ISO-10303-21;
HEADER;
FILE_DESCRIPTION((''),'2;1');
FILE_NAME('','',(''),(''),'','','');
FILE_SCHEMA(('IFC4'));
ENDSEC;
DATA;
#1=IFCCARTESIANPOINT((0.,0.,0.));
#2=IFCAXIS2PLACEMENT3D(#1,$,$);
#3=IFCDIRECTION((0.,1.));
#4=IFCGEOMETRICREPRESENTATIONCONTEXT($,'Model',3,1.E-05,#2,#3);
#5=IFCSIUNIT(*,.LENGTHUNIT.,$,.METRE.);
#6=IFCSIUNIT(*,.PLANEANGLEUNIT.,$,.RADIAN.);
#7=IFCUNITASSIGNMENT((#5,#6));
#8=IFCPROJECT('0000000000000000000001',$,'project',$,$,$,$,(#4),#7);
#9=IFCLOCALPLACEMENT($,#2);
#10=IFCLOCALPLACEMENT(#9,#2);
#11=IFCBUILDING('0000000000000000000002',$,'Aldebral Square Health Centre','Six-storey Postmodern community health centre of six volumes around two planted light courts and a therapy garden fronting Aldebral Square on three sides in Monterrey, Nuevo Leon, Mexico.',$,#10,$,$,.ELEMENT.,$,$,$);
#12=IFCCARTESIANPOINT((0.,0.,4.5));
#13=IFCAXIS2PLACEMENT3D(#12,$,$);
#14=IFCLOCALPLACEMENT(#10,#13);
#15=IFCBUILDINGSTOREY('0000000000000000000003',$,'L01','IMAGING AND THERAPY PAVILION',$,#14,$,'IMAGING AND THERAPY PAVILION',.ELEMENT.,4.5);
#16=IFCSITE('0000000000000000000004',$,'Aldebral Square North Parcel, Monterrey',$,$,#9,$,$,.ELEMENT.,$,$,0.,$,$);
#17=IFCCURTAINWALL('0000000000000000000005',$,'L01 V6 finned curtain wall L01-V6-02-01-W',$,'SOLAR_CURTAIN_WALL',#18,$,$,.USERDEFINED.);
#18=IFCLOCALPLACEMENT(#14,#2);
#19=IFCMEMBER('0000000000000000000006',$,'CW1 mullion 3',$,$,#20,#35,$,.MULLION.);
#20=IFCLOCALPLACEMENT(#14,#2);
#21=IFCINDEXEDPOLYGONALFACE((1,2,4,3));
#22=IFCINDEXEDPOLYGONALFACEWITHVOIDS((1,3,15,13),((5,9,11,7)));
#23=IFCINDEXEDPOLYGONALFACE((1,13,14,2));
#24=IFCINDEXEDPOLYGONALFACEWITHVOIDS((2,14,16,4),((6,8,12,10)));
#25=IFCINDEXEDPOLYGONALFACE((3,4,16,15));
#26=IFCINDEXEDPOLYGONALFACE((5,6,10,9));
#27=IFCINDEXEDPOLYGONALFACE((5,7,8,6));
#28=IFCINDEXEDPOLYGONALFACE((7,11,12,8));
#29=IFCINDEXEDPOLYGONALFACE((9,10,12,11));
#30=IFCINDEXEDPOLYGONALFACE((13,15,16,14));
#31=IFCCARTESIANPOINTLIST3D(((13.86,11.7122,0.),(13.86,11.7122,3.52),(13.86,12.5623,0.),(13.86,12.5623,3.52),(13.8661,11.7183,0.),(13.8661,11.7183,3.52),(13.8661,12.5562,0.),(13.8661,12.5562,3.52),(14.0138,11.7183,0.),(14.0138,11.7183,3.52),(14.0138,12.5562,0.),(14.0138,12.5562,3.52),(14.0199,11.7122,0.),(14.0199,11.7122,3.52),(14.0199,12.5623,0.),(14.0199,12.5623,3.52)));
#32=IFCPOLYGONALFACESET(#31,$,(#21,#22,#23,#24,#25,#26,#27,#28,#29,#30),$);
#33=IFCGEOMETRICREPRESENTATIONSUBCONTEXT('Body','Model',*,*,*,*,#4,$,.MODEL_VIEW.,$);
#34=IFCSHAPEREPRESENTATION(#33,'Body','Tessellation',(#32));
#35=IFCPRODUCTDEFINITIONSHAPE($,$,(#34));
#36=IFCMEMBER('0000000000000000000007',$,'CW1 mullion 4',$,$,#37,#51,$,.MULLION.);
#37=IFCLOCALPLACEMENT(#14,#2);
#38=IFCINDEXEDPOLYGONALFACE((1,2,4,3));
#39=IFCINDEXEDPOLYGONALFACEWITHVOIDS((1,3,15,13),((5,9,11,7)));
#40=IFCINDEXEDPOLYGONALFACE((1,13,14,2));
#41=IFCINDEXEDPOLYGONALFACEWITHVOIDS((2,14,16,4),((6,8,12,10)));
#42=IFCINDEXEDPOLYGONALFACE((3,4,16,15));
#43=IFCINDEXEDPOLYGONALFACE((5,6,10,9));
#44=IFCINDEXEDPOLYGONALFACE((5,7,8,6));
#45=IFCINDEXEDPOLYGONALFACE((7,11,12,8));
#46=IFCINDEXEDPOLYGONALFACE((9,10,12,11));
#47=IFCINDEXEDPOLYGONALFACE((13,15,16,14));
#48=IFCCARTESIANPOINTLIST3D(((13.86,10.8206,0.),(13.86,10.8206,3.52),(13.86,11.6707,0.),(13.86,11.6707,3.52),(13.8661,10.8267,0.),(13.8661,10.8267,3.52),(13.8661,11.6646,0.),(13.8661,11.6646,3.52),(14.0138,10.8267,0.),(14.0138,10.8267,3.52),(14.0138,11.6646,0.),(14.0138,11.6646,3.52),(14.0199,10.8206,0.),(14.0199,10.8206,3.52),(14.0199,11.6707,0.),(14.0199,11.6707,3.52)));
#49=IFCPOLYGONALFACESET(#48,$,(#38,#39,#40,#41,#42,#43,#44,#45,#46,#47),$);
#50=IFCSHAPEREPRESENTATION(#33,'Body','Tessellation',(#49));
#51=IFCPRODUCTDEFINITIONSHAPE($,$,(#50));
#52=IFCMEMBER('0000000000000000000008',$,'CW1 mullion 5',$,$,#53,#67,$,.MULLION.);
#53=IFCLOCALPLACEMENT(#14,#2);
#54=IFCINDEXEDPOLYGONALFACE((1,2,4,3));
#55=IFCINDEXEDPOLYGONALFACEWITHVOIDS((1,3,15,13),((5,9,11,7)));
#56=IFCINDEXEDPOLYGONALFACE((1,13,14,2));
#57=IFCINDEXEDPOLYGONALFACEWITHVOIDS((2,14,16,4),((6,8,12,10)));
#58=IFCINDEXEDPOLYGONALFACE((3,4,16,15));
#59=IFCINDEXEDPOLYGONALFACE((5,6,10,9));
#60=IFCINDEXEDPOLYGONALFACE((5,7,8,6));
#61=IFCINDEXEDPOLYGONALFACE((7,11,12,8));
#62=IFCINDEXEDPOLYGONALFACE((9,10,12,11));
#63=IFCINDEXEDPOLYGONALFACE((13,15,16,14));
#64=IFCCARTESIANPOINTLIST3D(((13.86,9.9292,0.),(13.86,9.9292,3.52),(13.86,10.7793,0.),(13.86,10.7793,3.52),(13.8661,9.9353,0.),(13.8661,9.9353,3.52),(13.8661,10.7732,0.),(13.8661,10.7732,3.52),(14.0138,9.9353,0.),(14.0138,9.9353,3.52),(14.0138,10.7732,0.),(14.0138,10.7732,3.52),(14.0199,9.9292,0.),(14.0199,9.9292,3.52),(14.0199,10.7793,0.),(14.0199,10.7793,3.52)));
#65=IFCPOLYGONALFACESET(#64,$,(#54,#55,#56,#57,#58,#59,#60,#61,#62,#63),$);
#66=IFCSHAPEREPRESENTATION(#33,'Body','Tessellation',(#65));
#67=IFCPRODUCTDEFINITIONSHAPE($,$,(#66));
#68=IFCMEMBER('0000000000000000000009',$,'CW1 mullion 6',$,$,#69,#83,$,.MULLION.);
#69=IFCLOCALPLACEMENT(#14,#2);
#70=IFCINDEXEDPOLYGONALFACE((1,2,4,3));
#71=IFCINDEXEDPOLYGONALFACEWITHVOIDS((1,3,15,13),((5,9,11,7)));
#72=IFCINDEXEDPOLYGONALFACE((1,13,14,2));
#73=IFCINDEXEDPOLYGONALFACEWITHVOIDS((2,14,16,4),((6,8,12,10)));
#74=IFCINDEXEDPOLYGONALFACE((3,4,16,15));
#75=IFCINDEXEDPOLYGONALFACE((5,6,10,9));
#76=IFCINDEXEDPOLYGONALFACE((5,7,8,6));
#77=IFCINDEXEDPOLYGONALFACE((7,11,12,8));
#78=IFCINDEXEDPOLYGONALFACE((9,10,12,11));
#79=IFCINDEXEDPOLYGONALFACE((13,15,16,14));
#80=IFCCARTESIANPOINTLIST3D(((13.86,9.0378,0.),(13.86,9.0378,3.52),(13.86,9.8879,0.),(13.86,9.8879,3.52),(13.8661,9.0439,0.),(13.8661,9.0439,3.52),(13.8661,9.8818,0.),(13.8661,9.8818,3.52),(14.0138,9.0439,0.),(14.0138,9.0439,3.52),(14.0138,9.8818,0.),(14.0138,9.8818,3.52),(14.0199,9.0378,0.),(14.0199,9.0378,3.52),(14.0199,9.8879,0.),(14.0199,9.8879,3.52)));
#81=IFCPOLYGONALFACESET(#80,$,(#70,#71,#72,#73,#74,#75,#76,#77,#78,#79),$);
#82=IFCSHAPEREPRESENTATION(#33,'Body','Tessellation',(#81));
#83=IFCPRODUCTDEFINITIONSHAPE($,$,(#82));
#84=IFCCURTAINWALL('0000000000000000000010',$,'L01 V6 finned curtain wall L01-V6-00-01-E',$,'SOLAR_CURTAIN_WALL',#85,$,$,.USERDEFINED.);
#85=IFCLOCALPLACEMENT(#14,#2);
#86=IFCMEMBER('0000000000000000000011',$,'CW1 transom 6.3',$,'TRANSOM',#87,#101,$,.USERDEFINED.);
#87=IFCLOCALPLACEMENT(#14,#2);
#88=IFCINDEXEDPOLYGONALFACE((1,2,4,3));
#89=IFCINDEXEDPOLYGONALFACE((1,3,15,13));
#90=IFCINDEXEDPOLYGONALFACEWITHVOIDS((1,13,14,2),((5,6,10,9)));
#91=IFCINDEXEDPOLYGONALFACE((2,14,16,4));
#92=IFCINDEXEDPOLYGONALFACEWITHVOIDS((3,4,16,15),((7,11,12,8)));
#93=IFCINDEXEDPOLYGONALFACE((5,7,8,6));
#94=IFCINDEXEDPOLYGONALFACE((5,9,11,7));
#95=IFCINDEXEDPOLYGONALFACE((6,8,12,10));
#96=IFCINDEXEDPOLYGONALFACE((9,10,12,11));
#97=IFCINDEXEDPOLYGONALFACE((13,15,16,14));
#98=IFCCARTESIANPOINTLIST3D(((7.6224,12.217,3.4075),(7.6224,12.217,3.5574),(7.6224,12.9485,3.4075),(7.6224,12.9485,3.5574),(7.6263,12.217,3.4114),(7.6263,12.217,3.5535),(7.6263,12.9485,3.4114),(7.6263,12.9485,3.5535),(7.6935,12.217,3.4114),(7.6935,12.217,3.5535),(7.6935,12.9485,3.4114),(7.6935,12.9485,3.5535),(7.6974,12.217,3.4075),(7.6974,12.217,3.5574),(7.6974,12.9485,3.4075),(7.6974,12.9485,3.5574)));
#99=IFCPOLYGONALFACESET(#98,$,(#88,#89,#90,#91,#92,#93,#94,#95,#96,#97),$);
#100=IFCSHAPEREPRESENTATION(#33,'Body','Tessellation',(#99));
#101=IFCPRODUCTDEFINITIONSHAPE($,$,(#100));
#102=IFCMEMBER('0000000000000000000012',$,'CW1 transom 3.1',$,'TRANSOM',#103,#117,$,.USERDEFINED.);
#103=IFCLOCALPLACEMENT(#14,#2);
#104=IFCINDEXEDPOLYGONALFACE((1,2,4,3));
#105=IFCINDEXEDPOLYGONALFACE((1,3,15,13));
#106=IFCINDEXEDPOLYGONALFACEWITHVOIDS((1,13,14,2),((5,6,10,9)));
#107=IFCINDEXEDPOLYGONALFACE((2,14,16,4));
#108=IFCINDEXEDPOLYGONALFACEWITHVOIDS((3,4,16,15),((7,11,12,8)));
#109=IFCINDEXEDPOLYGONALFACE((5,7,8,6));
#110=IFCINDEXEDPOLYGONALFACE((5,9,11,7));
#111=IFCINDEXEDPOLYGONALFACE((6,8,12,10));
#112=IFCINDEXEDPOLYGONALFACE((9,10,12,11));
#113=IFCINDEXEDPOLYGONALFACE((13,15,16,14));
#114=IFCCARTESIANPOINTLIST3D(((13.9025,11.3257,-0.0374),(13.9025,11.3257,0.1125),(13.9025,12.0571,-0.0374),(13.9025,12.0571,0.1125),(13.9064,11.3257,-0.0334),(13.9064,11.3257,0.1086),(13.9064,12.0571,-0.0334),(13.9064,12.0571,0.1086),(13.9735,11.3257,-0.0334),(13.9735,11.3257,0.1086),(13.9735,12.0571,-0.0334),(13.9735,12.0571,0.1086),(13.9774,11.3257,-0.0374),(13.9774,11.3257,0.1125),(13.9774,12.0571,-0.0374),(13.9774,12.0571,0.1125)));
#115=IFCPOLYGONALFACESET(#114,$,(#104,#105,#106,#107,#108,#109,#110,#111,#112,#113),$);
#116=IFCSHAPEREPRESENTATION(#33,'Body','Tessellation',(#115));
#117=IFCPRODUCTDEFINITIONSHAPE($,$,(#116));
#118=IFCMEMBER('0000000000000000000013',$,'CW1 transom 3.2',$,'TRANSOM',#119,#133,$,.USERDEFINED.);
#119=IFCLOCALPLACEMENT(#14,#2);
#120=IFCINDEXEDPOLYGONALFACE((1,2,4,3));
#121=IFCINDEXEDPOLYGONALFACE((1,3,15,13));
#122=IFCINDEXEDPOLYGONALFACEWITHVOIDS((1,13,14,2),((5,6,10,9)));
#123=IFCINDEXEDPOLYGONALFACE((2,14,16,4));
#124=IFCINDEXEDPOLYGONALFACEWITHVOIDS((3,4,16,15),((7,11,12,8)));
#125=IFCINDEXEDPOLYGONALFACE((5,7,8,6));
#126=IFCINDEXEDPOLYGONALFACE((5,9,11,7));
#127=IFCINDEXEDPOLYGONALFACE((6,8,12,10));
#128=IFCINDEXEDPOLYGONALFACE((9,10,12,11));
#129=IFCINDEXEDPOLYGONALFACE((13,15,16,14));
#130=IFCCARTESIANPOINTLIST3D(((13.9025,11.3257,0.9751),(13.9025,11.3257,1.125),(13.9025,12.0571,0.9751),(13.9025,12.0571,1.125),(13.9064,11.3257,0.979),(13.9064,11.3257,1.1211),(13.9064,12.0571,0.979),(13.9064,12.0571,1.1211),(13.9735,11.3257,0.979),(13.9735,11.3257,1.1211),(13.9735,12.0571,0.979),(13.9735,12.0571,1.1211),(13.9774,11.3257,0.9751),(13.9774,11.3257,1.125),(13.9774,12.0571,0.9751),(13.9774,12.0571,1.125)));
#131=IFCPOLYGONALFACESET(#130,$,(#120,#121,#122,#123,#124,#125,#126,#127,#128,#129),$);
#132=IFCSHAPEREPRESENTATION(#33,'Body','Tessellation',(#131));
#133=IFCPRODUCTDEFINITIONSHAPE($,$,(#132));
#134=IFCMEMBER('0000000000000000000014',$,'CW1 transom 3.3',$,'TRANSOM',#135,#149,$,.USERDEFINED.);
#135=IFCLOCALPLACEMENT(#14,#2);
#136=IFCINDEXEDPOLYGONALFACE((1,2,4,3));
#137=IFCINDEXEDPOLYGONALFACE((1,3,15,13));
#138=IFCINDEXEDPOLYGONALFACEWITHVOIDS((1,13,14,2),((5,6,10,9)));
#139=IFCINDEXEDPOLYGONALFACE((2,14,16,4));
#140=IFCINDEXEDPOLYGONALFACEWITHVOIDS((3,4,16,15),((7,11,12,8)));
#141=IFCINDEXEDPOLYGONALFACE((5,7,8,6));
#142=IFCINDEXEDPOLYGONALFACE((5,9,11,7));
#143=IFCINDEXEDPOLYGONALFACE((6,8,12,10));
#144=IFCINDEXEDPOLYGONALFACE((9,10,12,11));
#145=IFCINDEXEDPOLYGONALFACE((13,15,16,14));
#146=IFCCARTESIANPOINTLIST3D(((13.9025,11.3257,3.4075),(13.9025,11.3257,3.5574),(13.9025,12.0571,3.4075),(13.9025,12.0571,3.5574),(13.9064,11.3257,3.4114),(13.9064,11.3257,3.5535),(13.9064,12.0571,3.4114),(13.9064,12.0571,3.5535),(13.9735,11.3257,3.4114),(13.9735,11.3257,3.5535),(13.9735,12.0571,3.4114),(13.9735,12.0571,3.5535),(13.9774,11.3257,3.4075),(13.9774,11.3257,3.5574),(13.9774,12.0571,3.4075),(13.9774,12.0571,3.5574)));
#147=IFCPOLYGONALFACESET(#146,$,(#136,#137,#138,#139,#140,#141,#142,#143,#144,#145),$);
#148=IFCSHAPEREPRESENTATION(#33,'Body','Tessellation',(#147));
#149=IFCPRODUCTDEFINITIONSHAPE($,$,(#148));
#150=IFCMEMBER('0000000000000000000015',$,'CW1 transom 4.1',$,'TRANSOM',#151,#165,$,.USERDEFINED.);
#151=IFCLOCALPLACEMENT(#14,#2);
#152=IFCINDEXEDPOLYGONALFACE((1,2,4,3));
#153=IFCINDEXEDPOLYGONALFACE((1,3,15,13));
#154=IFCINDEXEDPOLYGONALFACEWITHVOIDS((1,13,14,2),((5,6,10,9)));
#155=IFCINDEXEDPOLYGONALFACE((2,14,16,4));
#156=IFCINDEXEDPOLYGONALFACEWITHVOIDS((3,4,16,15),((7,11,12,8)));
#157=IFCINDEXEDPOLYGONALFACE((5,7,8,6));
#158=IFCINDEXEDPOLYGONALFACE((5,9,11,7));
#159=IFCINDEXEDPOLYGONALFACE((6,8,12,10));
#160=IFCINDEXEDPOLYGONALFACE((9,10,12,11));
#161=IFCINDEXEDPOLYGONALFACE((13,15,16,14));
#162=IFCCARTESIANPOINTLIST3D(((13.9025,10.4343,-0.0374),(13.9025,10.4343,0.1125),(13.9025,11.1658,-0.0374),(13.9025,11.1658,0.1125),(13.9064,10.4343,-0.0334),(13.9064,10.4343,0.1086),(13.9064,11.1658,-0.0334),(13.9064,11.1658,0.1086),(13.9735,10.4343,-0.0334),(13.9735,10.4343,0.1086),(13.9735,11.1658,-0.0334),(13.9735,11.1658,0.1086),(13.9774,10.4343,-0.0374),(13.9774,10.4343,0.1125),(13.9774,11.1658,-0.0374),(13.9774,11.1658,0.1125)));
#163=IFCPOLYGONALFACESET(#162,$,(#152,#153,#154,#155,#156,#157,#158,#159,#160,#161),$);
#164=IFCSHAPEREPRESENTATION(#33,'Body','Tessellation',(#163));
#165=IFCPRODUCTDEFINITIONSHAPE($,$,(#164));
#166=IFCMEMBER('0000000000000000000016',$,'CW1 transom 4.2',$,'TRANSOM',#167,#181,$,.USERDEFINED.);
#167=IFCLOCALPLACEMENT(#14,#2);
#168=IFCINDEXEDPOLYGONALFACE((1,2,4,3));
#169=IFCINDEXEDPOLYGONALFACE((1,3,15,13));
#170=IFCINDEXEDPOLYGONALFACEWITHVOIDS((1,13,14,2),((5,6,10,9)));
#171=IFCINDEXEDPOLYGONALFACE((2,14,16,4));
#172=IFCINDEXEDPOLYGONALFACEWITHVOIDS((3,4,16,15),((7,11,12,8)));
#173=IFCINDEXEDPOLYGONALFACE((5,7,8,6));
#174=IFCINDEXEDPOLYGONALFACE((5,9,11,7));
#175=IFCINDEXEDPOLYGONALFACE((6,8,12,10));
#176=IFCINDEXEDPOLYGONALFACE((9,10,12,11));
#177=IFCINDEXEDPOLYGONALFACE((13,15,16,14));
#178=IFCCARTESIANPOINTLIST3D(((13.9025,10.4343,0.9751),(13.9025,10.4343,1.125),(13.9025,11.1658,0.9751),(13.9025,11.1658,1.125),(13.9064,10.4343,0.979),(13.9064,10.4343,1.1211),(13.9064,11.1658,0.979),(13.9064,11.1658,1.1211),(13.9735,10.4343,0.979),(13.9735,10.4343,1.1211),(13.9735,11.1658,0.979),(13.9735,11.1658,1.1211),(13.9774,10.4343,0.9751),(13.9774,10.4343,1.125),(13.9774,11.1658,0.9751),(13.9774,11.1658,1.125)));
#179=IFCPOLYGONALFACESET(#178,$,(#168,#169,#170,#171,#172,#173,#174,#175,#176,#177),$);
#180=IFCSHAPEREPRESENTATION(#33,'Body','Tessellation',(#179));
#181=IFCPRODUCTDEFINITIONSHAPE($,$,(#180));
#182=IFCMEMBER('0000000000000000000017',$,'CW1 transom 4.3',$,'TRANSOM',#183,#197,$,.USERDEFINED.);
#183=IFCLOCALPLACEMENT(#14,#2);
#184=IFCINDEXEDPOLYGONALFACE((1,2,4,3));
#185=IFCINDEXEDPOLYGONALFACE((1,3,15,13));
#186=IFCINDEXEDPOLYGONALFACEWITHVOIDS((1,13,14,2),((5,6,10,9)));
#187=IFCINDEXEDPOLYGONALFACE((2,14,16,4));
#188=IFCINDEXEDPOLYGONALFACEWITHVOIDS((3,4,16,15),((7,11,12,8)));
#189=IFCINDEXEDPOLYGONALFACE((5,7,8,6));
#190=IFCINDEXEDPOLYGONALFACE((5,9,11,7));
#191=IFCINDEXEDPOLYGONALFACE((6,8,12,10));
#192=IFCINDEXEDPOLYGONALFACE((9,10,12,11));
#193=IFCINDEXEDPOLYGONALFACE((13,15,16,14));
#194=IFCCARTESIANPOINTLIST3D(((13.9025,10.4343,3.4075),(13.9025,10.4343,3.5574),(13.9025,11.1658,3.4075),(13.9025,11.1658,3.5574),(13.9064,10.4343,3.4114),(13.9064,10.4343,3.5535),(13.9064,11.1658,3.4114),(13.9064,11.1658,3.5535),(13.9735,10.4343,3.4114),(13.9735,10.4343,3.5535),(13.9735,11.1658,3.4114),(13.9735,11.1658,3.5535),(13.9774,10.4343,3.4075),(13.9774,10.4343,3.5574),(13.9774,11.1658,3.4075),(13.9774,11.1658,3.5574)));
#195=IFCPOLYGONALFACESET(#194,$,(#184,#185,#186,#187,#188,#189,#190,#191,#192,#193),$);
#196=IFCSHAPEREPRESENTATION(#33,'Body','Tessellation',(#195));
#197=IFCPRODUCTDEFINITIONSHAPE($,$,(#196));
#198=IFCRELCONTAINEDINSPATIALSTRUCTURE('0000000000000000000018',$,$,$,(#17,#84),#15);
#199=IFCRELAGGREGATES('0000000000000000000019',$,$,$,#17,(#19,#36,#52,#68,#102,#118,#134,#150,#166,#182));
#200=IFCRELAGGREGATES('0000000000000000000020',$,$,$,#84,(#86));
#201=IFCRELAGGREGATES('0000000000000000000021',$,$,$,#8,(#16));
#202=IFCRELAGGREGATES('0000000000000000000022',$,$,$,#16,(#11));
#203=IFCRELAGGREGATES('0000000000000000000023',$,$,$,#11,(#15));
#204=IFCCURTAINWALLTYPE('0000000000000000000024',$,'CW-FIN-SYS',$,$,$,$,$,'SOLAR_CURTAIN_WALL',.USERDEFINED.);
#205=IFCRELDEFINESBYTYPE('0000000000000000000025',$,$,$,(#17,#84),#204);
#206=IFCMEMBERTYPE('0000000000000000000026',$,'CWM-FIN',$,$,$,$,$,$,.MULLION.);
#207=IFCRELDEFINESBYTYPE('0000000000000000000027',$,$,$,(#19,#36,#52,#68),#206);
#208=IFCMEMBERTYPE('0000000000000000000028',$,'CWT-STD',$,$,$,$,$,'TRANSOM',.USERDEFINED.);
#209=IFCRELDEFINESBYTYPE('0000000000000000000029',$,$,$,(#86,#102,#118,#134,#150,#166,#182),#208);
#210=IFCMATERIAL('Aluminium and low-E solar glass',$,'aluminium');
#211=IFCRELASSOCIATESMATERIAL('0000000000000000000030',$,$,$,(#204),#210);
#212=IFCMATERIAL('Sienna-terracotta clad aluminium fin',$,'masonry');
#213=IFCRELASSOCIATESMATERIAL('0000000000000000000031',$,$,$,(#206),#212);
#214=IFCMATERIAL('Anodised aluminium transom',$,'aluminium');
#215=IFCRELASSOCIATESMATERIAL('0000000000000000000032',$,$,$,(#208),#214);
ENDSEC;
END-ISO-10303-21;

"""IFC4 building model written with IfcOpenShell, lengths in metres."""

from ifc_helpers import new_model, si_unit, direction, frame, origin, origin_2d, place, context, subcontext, project, spatial, hollow_rectangle, extrude, material, material_profile, profile_set, type_object, element, aggregate, save


model = new_model("IFC4")

# Units and contexts
model_context = context("Model", 3, precision=1e-05, world=origin(), true_north=direction((0.0, 1.0)))
body_context = subcontext(model_context, "Body", "Model", "MODEL_VIEW")
ifc_project = project(units=[si_unit("LENGTHUNIT", "METRE"), si_unit("PLANEANGLEUNIT", "RADIAN")], contexts=[model_context])

# Site, building, storey
site_placement = place(None, origin())
site = spatial("IfcSite", under=ifc_project, at=site_placement, Name="Aldebral Square North Parcel, Monterrey", CompositionType="ELEMENT", RefElevation=0.0)
building_placement = place(site_placement, origin())
building = spatial("IfcBuilding", under=site, at=building_placement, Name="Aldebral Square Health Centre", Description="Six-storey Postmodern community health centre of six volumes around two planted light courts and a therapy garden fronting Aldebral Square on three sides in Monterrey, Nuevo Leon, Mexico.", CompositionType="ELEMENT")
storey_placement = place(building_placement, frame((0.0, 0.0, 4.5)))
storey = spatial("IfcBuildingStorey", under=building, at=storey_placement, Name="L01", Description="IMAGING AND THERAPY PAVILION", LongName="IMAGING AND THERAPY PAVILION", CompositionType="ELEMENT", Elevation=4.5)

# Curtain wall, members
ifc_material_1 = material(Name="Aluminium and low-E solar glass", Category="aluminium")
curtain_wall_type = type_object("IfcCurtainWallType", Name="CW-FIN-SYS", ElementType="SOLAR_CURTAIN_WALL", PredefinedType="USERDEFINED", material=ifc_material_1)
curtain_wall_1_placement = place(storey_placement, origin())
curtain_wall_1 = element("IfcCurtainWall", 1, at=curtain_wall_1_placement, inside=storey, type_object=curtain_wall_type, Name="L01 V6 finned curtain wall L01-V6-02-01-W", ObjectType="SOLAR_CURTAIN_WALL", PredefinedType="USERDEFINED")
ifc_material_2 = material(Name="Sienna-terracotta clad aluminium fin", Category="masonry")
ifc_material_profile_1 = material_profile(ifc_material_2, hollow_rectangle(XDim=0.1599, YDim=0.8501, WallThickness=0.0061, at=origin_2d()), Name="FIN 160x850x6")
ifc_profile_set_1 = profile_set([ifc_material_profile_1], Name="Sienna-terracotta clad aluminium fin")
member_type_1 = type_object("IfcMemberType", Name="CWM-FIN", PredefinedType="MULLION", material=ifc_profile_set_1)
member_1_placement = place(storey_placement, frame((13.9399, 12.1372, 0.0), z_axis=(0.0, 0.0, 1.0), x_axis=(1.0, 0.0, 0.0)))
member_1 = element("IfcMember", 2, at=member_1_placement, type_object=member_type_1, Name="CW1 mullion 3", PredefinedType="MULLION", context=body_context, shape_type="SweptSolid", body=[
    extrude(hollow_rectangle(XDim=0.1599, YDim=0.8501, WallThickness=0.0061, at=origin_2d()), origin(), (0.0, 0.0, 1.0), 3.52),
])
member_2_placement = place(storey_placement, frame((13.9399, 11.2456, 0.0), z_axis=(0.0, 0.0, 1.0), x_axis=(1.0, 0.0, 0.0)))
member_2 = element("IfcMember", 3, at=member_2_placement, type_object=member_type_1, Name="CW1 mullion 4", PredefinedType="MULLION", context=body_context, shape_type="SweptSolid", body=[
    extrude(hollow_rectangle(XDim=0.1599, YDim=0.8501, WallThickness=0.0061, at=origin_2d()), origin(), (0.0, 0.0, 1.0), 3.52),
])
member_3_placement = place(storey_placement, frame((13.9399, 10.3542, 0.0), z_axis=(0.0, 0.0, 1.0), x_axis=(1.0, 0.0, 0.0)))
member_3 = element("IfcMember", 4, at=member_3_placement, type_object=member_type_1, Name="CW1 mullion 5", PredefinedType="MULLION", context=body_context, shape_type="SweptSolid", body=[
    extrude(hollow_rectangle(XDim=0.1599, YDim=0.8501, WallThickness=0.0061, at=origin_2d()), origin(), (0.0, 0.0, 1.0), 3.52),
])
member_4_placement = place(storey_placement, frame((13.9399, 9.4629, 0.0), z_axis=(0.0, 0.0, 1.0), x_axis=(1.0, 0.0, 0.0)))
member_4 = element("IfcMember", 5, at=member_4_placement, type_object=member_type_1, Name="CW1 mullion 6", PredefinedType="MULLION", context=body_context, shape_type="SweptSolid", body=[
    extrude(hollow_rectangle(XDim=0.1599, YDim=0.8501, WallThickness=0.0061, at=origin_2d()), origin(), (0.0, 0.0, 1.0), 3.52),
])

# Curtain wall, member
curtain_wall_2_placement = place(storey_placement, origin())
curtain_wall_2 = element("IfcCurtainWall", 6, at=curtain_wall_2_placement, inside=storey, type_object=curtain_wall_type, Name="L01 V6 finned curtain wall L01-V6-00-01-E", ObjectType="SOLAR_CURTAIN_WALL", PredefinedType="USERDEFINED")
ifc_material_3 = material(Name="Anodised aluminium transom", Category="aluminium")
ifc_material_profile_2 = material_profile(ifc_material_3, hollow_rectangle(XDim=0.075, YDim=0.1499, WallThickness=0.0039, at=origin_2d()), Name="CWT 75x150x4")
ifc_profile_set_2 = profile_set([ifc_material_profile_2], Name="Anodised aluminium transom")
member_type_2 = type_object("IfcMemberType", Name="CWT-STD", ElementType="TRANSOM", PredefinedType="USERDEFINED", material=ifc_profile_set_2)
member_5_placement = place(storey_placement, frame((7.6599, 12.217, 3.4824), z_axis=(0.0, 1.0, 0.0), x_axis=(-1.0, 0.0, 0.0)))
member_5 = element("IfcMember", 7, at=member_5_placement, type_object=member_type_2, Name="CW1 transom 6.3", ObjectType="TRANSOM", PredefinedType="USERDEFINED", context=body_context, shape_type="SweptSolid", body=[
    extrude(hollow_rectangle(XDim=0.075, YDim=0.1499, WallThickness=0.0039, at=origin_2d()), origin(), (0.0, 0.0, 1.0), 0.7314),
])

# Members
member_6_placement = place(storey_placement, frame((13.9399, 12.0571, 0.0376), z_axis=(0.0, -1.0, 0.0), x_axis=(1.0, 0.0, 0.0)))
member_6 = element("IfcMember", 8, at=member_6_placement, type_object=member_type_2, Name="CW1 transom 3.1", ObjectType="TRANSOM", PredefinedType="USERDEFINED", context=body_context, shape_type="SweptSolid", body=[
    extrude(hollow_rectangle(XDim=0.075, YDim=0.1499, WallThickness=0.0039, at=origin_2d()), origin(), (0.0, 0.0, 1.0), 0.7314),
])
member_7_placement = place(storey_placement, frame((13.9399, 12.0571, 1.05), z_axis=(0.0, -1.0, 0.0), x_axis=(1.0, 0.0, 0.0)))
member_7 = element("IfcMember", 9, at=member_7_placement, type_object=member_type_2, Name="CW1 transom 3.2", ObjectType="TRANSOM", PredefinedType="USERDEFINED", context=body_context, shape_type="SweptSolid", body=[
    extrude(hollow_rectangle(XDim=0.075, YDim=0.1499, WallThickness=0.0039, at=origin_2d()), origin(), (0.0, 0.0, 1.0), 0.7314),
])
member_8_placement = place(storey_placement, frame((13.9399, 12.0571, 3.4824), z_axis=(0.0, -1.0, 0.0), x_axis=(1.0, 0.0, 0.0)))
member_8 = element("IfcMember", 10, at=member_8_placement, type_object=member_type_2, Name="CW1 transom 3.3", ObjectType="TRANSOM", PredefinedType="USERDEFINED", context=body_context, shape_type="SweptSolid", body=[
    extrude(hollow_rectangle(XDim=0.075, YDim=0.1499, WallThickness=0.0039, at=origin_2d()), origin(), (0.0, 0.0, 1.0), 0.7314),
])
member_9_placement = place(storey_placement, frame((13.9399, 11.1658, 0.0376), z_axis=(0.0, -1.0, 0.0), x_axis=(1.0, 0.0, 0.0)))
member_9 = element("IfcMember", 11, at=member_9_placement, type_object=member_type_2, Name="CW1 transom 4.1", ObjectType="TRANSOM", PredefinedType="USERDEFINED", context=body_context, shape_type="SweptSolid", body=[
    extrude(hollow_rectangle(XDim=0.075, YDim=0.1499, WallThickness=0.0039, at=origin_2d()), origin(), (0.0, 0.0, 1.0), 0.7314),
])
member_10_placement = place(storey_placement, frame((13.9399, 11.1658, 1.05), z_axis=(0.0, -1.0, 0.0), x_axis=(1.0, 0.0, 0.0)))
member_10 = element("IfcMember", 12, at=member_10_placement, type_object=member_type_2, Name="CW1 transom 4.2", ObjectType="TRANSOM", PredefinedType="USERDEFINED", context=body_context, shape_type="SweptSolid", body=[
    extrude(hollow_rectangle(XDim=0.075, YDim=0.1499, WallThickness=0.0039, at=origin_2d()), origin(), (0.0, 0.0, 1.0), 0.7314),
])
member_11_placement = place(storey_placement, frame((13.9399, 11.1658, 3.4824), z_axis=(0.0, -1.0, 0.0), x_axis=(1.0, 0.0, 0.0)))
member_11 = element("IfcMember", 13, at=member_11_placement, type_object=member_type_2, Name="CW1 transom 4.3", ObjectType="TRANSOM", PredefinedType="USERDEFINED", context=body_context, shape_type="SweptSolid", body=[
    extrude(hollow_rectangle(XDim=0.075, YDim=0.1499, WallThickness=0.0039, at=origin_2d()), origin(), (0.0, 0.0, 1.0), 0.7314),
])

aggregate(curtain_wall_1, [member_1, member_2, member_3, member_4, member_6, member_7, member_8, member_9, member_10, member_11])
aggregate(curtain_wall_2, [member_5])

save(model, "model.ifc")
